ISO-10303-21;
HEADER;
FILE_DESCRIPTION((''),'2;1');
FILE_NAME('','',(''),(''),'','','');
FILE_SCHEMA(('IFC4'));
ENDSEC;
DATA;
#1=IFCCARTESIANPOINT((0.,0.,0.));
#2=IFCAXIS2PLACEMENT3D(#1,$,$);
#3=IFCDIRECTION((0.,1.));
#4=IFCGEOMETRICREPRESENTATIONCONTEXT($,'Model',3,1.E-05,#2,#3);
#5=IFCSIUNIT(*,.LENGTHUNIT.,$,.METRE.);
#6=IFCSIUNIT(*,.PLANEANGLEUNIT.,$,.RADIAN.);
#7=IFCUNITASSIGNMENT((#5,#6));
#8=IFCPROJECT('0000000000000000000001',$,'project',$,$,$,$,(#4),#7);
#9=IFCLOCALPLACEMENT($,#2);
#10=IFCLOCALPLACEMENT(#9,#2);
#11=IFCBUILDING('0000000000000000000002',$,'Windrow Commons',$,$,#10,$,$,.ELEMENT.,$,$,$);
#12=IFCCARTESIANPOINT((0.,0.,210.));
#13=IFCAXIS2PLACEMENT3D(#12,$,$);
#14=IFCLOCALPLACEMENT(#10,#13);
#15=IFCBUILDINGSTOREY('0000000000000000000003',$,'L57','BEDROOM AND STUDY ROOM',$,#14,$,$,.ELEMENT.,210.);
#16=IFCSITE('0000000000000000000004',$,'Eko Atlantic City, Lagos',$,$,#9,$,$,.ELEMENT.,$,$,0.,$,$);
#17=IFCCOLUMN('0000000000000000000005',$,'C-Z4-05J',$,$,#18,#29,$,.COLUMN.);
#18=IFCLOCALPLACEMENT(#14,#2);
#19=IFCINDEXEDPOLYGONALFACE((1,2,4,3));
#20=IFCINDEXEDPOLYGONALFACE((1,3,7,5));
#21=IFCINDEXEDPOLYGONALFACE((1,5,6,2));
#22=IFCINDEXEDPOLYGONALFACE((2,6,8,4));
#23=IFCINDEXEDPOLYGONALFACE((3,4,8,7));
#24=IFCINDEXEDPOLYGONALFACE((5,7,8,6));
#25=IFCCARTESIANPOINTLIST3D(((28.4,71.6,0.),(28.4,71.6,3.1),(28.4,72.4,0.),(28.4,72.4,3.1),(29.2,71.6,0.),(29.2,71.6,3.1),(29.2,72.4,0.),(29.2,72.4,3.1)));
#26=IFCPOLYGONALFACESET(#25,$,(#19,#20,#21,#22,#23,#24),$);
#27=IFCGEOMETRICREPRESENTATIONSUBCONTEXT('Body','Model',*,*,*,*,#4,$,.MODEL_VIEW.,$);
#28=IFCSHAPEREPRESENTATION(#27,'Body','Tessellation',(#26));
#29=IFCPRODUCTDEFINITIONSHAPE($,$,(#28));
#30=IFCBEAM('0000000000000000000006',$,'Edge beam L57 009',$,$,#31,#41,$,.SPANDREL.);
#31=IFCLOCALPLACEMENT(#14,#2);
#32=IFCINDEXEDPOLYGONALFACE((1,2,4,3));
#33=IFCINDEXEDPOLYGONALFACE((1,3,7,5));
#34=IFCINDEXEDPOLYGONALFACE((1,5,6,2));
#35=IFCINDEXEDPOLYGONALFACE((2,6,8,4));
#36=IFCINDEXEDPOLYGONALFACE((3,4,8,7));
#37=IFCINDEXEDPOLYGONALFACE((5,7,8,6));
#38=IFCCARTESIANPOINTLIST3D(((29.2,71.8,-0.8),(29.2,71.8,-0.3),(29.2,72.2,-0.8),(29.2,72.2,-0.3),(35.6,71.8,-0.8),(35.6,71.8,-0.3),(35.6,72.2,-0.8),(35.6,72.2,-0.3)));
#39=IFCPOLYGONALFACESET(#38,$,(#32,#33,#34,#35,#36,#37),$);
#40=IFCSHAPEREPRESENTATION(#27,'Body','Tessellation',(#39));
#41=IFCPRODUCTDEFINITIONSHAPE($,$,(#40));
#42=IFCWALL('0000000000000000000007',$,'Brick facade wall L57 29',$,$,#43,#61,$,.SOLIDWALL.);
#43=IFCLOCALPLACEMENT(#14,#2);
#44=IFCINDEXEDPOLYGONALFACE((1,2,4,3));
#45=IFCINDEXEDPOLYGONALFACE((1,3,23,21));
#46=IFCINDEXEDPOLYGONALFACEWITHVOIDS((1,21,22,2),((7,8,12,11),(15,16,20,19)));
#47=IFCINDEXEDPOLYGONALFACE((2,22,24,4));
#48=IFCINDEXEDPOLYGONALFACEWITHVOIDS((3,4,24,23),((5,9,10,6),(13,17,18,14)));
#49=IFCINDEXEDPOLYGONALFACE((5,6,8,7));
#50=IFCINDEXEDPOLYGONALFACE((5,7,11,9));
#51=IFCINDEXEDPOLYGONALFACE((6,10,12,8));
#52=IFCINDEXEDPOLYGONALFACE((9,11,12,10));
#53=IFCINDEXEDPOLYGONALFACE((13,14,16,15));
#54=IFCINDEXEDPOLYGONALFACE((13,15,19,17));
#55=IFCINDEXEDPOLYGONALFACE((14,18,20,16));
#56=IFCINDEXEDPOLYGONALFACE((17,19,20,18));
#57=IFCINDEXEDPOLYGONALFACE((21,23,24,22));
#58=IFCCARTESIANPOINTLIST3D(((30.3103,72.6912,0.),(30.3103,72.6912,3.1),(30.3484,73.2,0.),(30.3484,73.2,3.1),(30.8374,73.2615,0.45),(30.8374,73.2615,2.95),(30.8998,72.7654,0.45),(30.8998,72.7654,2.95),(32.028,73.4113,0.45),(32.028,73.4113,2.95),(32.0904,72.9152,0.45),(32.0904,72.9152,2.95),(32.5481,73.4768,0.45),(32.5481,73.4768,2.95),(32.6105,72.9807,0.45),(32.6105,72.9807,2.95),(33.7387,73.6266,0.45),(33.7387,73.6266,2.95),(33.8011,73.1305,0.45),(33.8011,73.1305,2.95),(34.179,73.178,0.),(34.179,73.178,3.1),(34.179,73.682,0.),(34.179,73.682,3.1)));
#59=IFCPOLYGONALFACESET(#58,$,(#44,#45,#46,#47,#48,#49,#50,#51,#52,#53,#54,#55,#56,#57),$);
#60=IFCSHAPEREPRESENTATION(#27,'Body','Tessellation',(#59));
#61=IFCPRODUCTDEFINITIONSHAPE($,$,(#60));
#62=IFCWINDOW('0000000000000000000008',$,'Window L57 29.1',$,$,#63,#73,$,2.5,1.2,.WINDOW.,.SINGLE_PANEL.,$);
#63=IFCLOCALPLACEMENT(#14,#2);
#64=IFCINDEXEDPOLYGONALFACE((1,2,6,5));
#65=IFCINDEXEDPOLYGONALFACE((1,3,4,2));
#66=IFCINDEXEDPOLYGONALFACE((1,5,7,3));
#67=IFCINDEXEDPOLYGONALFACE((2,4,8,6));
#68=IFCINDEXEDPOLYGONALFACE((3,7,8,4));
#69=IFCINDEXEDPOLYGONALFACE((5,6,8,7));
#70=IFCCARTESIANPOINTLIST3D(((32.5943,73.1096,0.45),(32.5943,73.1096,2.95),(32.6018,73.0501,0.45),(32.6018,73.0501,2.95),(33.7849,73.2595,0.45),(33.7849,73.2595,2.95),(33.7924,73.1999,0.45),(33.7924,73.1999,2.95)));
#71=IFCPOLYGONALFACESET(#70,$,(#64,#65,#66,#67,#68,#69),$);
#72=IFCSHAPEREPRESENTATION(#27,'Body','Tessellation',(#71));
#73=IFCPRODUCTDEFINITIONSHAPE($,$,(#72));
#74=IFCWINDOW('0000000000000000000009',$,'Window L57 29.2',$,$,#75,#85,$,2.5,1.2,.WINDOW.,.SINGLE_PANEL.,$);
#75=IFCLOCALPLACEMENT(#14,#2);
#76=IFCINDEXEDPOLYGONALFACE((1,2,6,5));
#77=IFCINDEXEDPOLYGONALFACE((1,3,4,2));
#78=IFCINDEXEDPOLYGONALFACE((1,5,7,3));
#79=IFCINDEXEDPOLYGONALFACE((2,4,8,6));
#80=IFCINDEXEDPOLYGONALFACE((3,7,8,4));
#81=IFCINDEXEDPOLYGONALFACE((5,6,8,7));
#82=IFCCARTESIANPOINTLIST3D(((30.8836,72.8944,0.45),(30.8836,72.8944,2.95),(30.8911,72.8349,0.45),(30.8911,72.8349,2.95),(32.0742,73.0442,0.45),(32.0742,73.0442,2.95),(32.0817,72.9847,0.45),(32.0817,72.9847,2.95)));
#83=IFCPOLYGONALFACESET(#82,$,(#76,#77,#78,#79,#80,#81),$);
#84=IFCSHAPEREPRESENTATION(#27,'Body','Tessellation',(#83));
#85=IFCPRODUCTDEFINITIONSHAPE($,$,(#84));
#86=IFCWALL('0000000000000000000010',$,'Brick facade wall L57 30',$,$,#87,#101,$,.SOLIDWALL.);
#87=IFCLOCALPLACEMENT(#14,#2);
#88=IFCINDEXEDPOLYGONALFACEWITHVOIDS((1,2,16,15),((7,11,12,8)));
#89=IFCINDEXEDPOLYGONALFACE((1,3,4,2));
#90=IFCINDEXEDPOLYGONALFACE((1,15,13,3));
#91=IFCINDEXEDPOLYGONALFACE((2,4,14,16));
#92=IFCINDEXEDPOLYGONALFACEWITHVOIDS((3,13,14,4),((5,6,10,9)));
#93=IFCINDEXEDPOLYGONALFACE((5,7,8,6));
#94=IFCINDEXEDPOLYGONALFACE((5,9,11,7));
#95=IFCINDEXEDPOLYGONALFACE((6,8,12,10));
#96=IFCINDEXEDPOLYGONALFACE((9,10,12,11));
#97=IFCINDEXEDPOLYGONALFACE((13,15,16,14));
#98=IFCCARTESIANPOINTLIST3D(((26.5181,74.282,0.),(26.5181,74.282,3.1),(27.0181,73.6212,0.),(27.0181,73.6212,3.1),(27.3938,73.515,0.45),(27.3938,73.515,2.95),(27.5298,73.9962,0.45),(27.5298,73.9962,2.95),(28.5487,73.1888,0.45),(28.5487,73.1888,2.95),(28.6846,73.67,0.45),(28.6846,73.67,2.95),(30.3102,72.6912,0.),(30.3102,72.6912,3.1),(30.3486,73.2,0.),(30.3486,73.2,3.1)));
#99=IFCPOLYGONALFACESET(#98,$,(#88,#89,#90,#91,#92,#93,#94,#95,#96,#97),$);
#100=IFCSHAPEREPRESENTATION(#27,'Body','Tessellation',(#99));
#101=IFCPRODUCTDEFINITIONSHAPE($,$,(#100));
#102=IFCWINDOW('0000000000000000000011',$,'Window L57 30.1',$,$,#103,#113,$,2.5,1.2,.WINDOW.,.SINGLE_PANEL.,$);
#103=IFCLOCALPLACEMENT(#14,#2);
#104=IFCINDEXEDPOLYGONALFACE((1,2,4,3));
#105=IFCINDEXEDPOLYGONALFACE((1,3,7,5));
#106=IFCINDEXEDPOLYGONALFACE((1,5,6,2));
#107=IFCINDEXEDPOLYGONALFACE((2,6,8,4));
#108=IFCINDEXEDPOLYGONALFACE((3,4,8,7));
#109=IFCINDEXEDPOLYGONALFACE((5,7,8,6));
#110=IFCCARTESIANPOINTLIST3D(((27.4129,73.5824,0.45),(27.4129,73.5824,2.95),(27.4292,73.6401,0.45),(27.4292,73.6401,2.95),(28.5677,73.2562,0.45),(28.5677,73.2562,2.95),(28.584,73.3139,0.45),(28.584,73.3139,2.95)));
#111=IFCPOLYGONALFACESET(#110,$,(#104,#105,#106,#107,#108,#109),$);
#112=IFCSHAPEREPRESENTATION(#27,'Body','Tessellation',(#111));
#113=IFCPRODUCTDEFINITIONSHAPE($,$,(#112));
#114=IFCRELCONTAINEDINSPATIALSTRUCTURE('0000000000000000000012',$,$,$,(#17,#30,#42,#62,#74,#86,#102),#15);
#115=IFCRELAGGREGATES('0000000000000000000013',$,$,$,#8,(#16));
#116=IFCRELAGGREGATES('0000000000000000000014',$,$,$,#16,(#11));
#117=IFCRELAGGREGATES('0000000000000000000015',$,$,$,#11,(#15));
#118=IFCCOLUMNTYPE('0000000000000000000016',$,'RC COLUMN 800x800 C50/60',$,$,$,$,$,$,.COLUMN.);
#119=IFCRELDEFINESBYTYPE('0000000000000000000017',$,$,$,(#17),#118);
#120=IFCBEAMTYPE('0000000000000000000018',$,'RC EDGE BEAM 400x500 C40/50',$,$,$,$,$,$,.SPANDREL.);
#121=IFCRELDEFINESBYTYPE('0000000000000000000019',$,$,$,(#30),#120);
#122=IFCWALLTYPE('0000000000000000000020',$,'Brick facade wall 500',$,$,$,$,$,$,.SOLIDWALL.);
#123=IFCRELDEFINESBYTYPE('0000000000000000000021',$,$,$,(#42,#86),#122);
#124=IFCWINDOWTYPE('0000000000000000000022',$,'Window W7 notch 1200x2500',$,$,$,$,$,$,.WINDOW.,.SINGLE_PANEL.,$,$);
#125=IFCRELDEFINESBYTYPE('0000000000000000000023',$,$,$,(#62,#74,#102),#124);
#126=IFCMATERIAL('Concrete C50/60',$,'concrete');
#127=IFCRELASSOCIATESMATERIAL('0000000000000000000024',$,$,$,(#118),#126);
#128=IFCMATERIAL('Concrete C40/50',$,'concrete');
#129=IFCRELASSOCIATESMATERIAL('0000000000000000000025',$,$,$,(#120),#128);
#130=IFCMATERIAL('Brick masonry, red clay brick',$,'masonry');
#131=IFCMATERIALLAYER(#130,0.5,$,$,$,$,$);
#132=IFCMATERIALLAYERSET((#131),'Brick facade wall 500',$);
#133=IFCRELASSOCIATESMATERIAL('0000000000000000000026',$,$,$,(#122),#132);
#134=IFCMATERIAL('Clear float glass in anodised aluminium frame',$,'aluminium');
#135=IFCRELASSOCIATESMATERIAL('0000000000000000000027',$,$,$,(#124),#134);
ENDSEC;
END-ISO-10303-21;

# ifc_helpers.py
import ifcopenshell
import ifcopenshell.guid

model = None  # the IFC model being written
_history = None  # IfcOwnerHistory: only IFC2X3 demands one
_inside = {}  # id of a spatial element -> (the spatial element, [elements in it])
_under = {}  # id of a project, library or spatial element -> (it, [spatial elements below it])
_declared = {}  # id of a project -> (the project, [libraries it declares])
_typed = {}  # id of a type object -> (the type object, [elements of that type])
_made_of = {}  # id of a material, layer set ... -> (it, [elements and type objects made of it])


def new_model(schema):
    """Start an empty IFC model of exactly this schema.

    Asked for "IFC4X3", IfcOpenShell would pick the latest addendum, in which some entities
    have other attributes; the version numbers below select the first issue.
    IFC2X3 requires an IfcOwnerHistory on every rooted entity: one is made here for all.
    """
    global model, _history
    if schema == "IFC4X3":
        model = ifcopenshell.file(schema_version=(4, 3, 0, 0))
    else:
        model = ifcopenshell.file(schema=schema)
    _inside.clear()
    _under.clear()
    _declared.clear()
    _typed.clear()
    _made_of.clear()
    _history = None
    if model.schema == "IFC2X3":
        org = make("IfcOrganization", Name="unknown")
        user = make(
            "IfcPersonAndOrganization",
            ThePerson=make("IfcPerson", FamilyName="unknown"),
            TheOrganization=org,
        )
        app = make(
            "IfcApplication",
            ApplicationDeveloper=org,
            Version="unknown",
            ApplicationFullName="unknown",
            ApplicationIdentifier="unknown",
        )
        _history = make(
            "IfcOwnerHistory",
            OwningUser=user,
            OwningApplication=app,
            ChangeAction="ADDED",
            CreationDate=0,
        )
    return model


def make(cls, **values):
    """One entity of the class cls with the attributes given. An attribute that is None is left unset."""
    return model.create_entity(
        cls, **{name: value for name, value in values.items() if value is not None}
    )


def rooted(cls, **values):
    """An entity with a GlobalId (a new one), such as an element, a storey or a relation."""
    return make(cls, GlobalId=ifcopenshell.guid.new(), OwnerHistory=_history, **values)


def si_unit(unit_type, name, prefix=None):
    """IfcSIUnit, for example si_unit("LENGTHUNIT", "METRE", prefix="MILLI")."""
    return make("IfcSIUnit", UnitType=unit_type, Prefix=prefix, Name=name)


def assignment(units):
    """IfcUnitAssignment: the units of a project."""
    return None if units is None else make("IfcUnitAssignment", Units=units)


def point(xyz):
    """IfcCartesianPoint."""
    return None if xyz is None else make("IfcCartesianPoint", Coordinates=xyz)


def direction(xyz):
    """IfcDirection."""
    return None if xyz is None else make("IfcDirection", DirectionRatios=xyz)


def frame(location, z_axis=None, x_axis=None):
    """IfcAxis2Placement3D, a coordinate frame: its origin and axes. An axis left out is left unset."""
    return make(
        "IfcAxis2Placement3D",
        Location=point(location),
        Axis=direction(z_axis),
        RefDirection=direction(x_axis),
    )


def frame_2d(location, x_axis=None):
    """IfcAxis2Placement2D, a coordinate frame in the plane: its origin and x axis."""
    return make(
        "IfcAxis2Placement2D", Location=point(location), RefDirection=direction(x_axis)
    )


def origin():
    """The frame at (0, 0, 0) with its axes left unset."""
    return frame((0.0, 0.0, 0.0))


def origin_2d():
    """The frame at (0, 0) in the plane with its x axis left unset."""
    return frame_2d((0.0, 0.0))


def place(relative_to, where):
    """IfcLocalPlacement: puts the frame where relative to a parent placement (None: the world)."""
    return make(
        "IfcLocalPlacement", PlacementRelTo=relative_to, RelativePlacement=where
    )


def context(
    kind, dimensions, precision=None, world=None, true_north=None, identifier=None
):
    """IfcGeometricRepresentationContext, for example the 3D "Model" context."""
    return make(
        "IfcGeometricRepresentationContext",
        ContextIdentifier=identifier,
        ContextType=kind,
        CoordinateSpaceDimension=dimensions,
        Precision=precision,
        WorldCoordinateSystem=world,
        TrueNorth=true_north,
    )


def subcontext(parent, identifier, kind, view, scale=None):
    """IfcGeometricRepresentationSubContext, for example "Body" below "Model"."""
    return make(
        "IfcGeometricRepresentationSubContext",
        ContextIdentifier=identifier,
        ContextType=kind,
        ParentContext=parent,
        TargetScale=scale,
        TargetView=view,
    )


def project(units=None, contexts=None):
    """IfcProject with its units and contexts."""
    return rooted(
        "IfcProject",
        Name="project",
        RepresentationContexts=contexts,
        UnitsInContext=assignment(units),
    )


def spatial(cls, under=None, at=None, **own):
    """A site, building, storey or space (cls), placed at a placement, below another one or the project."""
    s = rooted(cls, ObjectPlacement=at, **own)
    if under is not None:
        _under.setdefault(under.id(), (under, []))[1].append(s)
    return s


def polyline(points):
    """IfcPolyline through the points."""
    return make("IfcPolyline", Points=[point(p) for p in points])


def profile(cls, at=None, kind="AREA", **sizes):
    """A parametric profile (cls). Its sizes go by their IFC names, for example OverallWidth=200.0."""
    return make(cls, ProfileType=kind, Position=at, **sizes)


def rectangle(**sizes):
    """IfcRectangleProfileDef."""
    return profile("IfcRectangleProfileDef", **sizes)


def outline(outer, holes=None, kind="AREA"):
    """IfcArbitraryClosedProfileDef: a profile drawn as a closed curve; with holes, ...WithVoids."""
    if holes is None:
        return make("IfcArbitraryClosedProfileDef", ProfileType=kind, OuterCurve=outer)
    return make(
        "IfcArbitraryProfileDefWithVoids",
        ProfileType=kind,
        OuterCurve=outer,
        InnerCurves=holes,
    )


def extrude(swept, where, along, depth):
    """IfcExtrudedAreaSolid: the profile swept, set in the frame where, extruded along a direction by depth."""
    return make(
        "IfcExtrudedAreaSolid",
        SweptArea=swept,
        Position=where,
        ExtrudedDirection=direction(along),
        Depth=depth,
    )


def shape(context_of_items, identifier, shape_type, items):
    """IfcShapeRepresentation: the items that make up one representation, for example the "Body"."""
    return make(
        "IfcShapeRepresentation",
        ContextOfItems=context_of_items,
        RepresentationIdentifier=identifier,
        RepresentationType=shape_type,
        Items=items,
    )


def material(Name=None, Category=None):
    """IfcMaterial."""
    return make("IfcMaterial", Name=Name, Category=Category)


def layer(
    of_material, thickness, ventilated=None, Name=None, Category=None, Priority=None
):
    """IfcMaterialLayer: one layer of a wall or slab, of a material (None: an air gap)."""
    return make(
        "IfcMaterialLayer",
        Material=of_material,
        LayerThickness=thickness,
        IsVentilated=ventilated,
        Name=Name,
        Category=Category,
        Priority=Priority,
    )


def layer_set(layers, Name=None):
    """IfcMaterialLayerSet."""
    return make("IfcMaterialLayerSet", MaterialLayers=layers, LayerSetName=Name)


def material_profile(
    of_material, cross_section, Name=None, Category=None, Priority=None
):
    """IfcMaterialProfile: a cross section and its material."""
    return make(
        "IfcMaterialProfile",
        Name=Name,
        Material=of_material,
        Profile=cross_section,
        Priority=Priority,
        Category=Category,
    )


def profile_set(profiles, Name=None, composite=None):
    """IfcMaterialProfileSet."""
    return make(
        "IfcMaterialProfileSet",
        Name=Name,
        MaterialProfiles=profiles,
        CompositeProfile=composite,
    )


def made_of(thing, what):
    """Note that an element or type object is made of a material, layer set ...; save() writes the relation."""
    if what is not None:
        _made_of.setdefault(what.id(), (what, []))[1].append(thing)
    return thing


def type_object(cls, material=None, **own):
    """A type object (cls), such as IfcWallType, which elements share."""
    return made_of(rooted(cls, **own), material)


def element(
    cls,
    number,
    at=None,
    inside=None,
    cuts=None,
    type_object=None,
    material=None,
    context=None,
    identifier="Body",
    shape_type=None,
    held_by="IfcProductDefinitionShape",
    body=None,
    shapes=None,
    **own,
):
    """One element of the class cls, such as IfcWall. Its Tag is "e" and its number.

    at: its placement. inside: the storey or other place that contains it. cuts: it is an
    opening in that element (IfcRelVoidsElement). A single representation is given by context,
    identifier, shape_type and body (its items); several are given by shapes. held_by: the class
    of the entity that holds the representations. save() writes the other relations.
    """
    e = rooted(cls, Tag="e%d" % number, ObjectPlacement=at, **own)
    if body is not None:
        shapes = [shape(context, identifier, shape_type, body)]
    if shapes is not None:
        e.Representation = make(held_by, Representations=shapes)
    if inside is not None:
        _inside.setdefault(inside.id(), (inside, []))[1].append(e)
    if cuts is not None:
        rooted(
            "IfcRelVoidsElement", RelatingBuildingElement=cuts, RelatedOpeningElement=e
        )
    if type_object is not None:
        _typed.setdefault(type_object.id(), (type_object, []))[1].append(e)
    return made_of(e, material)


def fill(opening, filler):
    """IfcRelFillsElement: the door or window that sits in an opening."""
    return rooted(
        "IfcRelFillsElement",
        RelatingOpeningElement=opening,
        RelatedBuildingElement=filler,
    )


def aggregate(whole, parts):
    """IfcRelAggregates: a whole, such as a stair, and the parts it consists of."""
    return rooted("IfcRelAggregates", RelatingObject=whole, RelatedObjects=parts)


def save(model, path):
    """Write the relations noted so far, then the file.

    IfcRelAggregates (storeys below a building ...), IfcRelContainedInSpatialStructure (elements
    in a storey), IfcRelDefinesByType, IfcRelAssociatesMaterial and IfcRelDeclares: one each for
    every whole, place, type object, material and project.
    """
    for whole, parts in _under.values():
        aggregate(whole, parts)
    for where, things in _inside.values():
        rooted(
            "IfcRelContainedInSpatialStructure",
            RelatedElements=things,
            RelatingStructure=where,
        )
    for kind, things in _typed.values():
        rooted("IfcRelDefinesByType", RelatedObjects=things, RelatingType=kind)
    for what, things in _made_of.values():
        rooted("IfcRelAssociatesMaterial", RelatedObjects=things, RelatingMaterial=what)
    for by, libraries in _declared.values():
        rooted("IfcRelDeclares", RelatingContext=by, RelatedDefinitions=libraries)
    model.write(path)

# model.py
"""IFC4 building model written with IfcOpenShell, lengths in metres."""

from ifc_helpers import new_model, si_unit, direction, frame, frame_2d, origin, origin_2d, place, context, subcontext, project, spatial, polyline, rectangle, outline, extrude, material, layer, layer_set, material_profile, profile_set, type_object, element, fill, save


model = new_model("IFC4")

# Units and contexts
model_context = context("Model", 3, precision=1e-05, world=origin(), true_north=direction((0.0, 1.0)))
body_context = subcontext(model_context, "Body", "Model", "MODEL_VIEW")
ifc_project = project(units=[si_unit("LENGTHUNIT", "METRE"), si_unit("PLANEANGLEUNIT", "RADIAN")], contexts=[model_context])

# Site, building, storey
site_placement = place(None, origin())
site = spatial("IfcSite", under=ifc_project, at=site_placement, Name="Eko Atlantic City, Lagos", CompositionType="ELEMENT", RefElevation=0.0)
building_placement = place(site_placement, origin())
building = spatial("IfcBuilding", under=site, at=building_placement, Name="Windrow Commons", CompositionType="ELEMENT")
storey_placement = place(building_placement, frame((0.0, 0.0, 210.0)))
storey = spatial("IfcBuildingStorey", under=building, at=storey_placement, Name="L57", Description="BEDROOM AND STUDY ROOM", CompositionType="ELEMENT", Elevation=210.0)

# Column
ifc_material_1 = material(Name="Concrete C50/60", Category="concrete")
ifc_material_profile_1 = material_profile(ifc_material_1, rectangle(XDim=0.8, YDim=0.8, at=origin_2d()))
ifc_profile_set_1 = profile_set([ifc_material_profile_1], Name="Concrete C50/60")
column_type = type_object("IfcColumnType", Name="RC COLUMN 800x800 C50/60", PredefinedType="COLUMN", material=ifc_profile_set_1)
column_placement = place(storey_placement, frame((28.8, 72.0, 0.0), z_axis=(0.0, 0.0, 1.0), x_axis=(1.0, 0.0, 0.0)))
element("IfcColumn", 1, at=column_placement, inside=storey, type_object=column_type, Name="C-Z4-05J", PredefinedType="COLUMN", context=body_context, shape_type="SweptSolid", body=[
    extrude(rectangle(XDim=0.8, YDim=0.8, at=origin_2d()), origin(), (0.0, 0.0, 1.0), 3.1),
])

# Beam
ifc_material_2 = material(Name="Concrete C40/50", Category="concrete")
ifc_material_profile_2 = material_profile(ifc_material_2, rectangle(XDim=0.4, YDim=0.5, at=origin_2d()))
ifc_profile_set_2 = profile_set([ifc_material_profile_2], Name="Concrete C40/50")
beam_type = type_object("IfcBeamType", Name="RC EDGE BEAM 400x500 C40/50", PredefinedType="SPANDREL", material=ifc_profile_set_2)
beam_placement = place(storey_placement, frame((29.2, 72.0, -0.55), z_axis=(1.0, 0.0, 0.0), x_axis=(0.0, 1.0, 0.0)))
element("IfcBeam", 2, at=beam_placement, inside=storey, type_object=beam_type, Name="Edge beam L57 009", PredefinedType="SPANDREL", context=body_context, shape_type="SweptSolid", body=[
    extrude(rectangle(XDim=0.4, YDim=0.5, at=origin_2d()), origin(), (0.0, 0.0, 1.0), 6.4),
])

# Wall, openings, windows
ifc_material_3 = material(Name="Brick masonry, red clay brick", Category="masonry")
ifc_layer_1 = layer(ifc_material_3, 0.5)
ifc_layer_set_1 = layer_set([ifc_layer_1], Name="Brick facade wall 500")
wall_type_1 = type_object("IfcWallType", Name="Brick facade wall 500", PredefinedType="SOLIDWALL", material=ifc_layer_set_1)
wall_1_placement = place(storey_placement, frame((34.179, 73.43, 0.0), z_axis=(0.0, 0.0, 1.0), x_axis=(-0.992176, -0.124847, 0.0)))
wall_1 = element("IfcWall", 3, at=wall_1_placement, inside=storey, type_object=wall_type_1, Name="Brick facade wall L57 29", PredefinedType="SOLIDWALL", context=body_context, shape_type="SweptSolid", body=[
    extrude(outline(polyline([(-0.0315, -0.25), (3.8293, -0.25), (3.9307, 0.25), (0.0315, 0.25), (-0.0315, -0.25)])), origin(), (0.0, 0.0, 1.0), 3.1),
])
opening_1_placement = place(wall_1_placement, frame((0.4123, 0.0, 0.45)))
opening_1 = element("IfcOpeningElement", 4, at=opening_1_placement, cuts=wall_1, PredefinedType="OPENING", context=body_context, shape_type="SweptSolid", body=[
    extrude(rectangle(XDim=1.2, YDim=2.5, at=frame_2d((0.6, 1.25))), frame((0.0, 0.26, 0.0), z_axis=(0.0, -1.0, 0.0), x_axis=(1.0, 0.0, 0.0)), (0.0, 0.0, 1.0), 0.52),
])
opening_2_placement = place(wall_1_placement, frame((2.1365, 0.0, 0.45)))
opening_2 = element("IfcOpeningElement", 5, at=opening_2_placement, cuts=wall_1, PredefinedType="OPENING", context=body_context, shape_type="SweptSolid", body=[
    extrude(rectangle(XDim=1.2, YDim=2.5, at=frame_2d((0.6, 1.25))), frame((0.0, 0.26, 0.0), z_axis=(0.0, -1.0, 0.0), x_axis=(1.0, 0.0, 0.0)), (0.0, 0.0, 1.0), 0.52),
])
ifc_material_4 = material(Name="Clear float glass in anodised aluminium frame", Category="aluminium")
window_type_1 = type_object("IfcWindowType", Name="Window W7 notch 1200x2500", PartitioningType="SINGLE_PANEL", PredefinedType="WINDOW", material=ifc_material_4)
window_1_placement = place(opening_1_placement, origin())
window_1 = element("IfcWindow", 6, at=window_1_placement, inside=storey, type_object=window_type_1, Name="Window L57 29.1", OverallHeight=2.5, OverallWidth=1.2, PartitioningType="SINGLE_PANEL", PredefinedType="WINDOW", context=body_context, shape_type="SweptSolid", body=[
    extrude(rectangle(XDim=1.2, YDim=2.5, at=frame_2d((0.6, 1.25))), frame((0.0, 0.18, 0.0), z_axis=(0.0, -1.0, 0.0), x_axis=(1.0, 0.0, 0.0)), (0.0, 0.0, 1.0), 0.06),
])
fill(opening_1, window_1)
window_2_placement = place(opening_2_placement, origin())
window_2 = element("IfcWindow", 7, at=window_2_placement, inside=storey, type_object=window_type_1, Name="Window L57 29.2", OverallHeight=2.5, OverallWidth=1.2, PartitioningType="SINGLE_PANEL", PredefinedType="WINDOW", context=body_context, shape_type="SweptSolid", body=[
    extrude(rectangle(XDim=1.2, YDim=2.5, at=frame_2d((0.6, 1.25))), frame((0.0, 0.18, 0.0), z_axis=(0.0, -1.0, 0.0), x_axis=(1.0, 0.0, 0.0)), (0.0, 0.0, 1.0), 0.06),
])
fill(opening_2, window_2)

# Wall, opening, window
wall_2_placement = place(storey_placement, frame((30.3294, 72.9456, 0.0), z_axis=(0.0, 0.0, 1.0), x_axis=(-0.962344, 0.271836, 0.0)))
wall_2 = element("IfcWall", 8, at=wall_2_placement, inside=storey, type_object=wall_type_1, Name="Brick facade wall L57 30", PredefinedType="SOLIDWALL", context=body_context, shape_type="SweptSolid", body=[
    extrude(outline(polyline([(0.0507, -0.25), (4.0311, -0.25), (3.3703, 0.25), (-0.0507, 0.25), (0.0507, -0.25)])), origin(), (0.0, 0.0, 1.0), 3.1),
])
opening_3_placement = place(wall_2_placement, frame((1.7798, 0.0, 0.45)))
opening_3 = element("IfcOpeningElement", 9, at=opening_3_placement, cuts=wall_2, PredefinedType="OPENING", context=body_context, shape_type="SweptSolid", body=[
    extrude(rectangle(XDim=1.2, YDim=2.5, at=frame_2d((0.6, 1.25))), frame((0.0, 0.26, 0.0), z_axis=(0.0, -1.0, 0.0), x_axis=(1.0, 0.0, 0.0)), (0.0, 0.0, 1.0), 0.52),
])
window_3_placement = place(opening_3_placement, origin())
window_3 = element("IfcWindow", 10, at=window_3_placement, inside=storey, type_object=window_type_1, Name="Window L57 30.1", OverallHeight=2.5, OverallWidth=1.2, PartitioningType="SINGLE_PANEL", PredefinedType="WINDOW", context=body_context, shape_type="SweptSolid", body=[
    extrude(rectangle(XDim=1.2, YDim=2.5, at=frame_2d((0.6, 1.25))), frame((0.0, 0.18, 0.0), z_axis=(0.0, -1.0, 0.0), x_axis=(1.0, 0.0, 0.0)), (0.0, 0.0, 1.0), 0.06),
])
fill(opening_3, window_3)

save(model, "model.ifc")
